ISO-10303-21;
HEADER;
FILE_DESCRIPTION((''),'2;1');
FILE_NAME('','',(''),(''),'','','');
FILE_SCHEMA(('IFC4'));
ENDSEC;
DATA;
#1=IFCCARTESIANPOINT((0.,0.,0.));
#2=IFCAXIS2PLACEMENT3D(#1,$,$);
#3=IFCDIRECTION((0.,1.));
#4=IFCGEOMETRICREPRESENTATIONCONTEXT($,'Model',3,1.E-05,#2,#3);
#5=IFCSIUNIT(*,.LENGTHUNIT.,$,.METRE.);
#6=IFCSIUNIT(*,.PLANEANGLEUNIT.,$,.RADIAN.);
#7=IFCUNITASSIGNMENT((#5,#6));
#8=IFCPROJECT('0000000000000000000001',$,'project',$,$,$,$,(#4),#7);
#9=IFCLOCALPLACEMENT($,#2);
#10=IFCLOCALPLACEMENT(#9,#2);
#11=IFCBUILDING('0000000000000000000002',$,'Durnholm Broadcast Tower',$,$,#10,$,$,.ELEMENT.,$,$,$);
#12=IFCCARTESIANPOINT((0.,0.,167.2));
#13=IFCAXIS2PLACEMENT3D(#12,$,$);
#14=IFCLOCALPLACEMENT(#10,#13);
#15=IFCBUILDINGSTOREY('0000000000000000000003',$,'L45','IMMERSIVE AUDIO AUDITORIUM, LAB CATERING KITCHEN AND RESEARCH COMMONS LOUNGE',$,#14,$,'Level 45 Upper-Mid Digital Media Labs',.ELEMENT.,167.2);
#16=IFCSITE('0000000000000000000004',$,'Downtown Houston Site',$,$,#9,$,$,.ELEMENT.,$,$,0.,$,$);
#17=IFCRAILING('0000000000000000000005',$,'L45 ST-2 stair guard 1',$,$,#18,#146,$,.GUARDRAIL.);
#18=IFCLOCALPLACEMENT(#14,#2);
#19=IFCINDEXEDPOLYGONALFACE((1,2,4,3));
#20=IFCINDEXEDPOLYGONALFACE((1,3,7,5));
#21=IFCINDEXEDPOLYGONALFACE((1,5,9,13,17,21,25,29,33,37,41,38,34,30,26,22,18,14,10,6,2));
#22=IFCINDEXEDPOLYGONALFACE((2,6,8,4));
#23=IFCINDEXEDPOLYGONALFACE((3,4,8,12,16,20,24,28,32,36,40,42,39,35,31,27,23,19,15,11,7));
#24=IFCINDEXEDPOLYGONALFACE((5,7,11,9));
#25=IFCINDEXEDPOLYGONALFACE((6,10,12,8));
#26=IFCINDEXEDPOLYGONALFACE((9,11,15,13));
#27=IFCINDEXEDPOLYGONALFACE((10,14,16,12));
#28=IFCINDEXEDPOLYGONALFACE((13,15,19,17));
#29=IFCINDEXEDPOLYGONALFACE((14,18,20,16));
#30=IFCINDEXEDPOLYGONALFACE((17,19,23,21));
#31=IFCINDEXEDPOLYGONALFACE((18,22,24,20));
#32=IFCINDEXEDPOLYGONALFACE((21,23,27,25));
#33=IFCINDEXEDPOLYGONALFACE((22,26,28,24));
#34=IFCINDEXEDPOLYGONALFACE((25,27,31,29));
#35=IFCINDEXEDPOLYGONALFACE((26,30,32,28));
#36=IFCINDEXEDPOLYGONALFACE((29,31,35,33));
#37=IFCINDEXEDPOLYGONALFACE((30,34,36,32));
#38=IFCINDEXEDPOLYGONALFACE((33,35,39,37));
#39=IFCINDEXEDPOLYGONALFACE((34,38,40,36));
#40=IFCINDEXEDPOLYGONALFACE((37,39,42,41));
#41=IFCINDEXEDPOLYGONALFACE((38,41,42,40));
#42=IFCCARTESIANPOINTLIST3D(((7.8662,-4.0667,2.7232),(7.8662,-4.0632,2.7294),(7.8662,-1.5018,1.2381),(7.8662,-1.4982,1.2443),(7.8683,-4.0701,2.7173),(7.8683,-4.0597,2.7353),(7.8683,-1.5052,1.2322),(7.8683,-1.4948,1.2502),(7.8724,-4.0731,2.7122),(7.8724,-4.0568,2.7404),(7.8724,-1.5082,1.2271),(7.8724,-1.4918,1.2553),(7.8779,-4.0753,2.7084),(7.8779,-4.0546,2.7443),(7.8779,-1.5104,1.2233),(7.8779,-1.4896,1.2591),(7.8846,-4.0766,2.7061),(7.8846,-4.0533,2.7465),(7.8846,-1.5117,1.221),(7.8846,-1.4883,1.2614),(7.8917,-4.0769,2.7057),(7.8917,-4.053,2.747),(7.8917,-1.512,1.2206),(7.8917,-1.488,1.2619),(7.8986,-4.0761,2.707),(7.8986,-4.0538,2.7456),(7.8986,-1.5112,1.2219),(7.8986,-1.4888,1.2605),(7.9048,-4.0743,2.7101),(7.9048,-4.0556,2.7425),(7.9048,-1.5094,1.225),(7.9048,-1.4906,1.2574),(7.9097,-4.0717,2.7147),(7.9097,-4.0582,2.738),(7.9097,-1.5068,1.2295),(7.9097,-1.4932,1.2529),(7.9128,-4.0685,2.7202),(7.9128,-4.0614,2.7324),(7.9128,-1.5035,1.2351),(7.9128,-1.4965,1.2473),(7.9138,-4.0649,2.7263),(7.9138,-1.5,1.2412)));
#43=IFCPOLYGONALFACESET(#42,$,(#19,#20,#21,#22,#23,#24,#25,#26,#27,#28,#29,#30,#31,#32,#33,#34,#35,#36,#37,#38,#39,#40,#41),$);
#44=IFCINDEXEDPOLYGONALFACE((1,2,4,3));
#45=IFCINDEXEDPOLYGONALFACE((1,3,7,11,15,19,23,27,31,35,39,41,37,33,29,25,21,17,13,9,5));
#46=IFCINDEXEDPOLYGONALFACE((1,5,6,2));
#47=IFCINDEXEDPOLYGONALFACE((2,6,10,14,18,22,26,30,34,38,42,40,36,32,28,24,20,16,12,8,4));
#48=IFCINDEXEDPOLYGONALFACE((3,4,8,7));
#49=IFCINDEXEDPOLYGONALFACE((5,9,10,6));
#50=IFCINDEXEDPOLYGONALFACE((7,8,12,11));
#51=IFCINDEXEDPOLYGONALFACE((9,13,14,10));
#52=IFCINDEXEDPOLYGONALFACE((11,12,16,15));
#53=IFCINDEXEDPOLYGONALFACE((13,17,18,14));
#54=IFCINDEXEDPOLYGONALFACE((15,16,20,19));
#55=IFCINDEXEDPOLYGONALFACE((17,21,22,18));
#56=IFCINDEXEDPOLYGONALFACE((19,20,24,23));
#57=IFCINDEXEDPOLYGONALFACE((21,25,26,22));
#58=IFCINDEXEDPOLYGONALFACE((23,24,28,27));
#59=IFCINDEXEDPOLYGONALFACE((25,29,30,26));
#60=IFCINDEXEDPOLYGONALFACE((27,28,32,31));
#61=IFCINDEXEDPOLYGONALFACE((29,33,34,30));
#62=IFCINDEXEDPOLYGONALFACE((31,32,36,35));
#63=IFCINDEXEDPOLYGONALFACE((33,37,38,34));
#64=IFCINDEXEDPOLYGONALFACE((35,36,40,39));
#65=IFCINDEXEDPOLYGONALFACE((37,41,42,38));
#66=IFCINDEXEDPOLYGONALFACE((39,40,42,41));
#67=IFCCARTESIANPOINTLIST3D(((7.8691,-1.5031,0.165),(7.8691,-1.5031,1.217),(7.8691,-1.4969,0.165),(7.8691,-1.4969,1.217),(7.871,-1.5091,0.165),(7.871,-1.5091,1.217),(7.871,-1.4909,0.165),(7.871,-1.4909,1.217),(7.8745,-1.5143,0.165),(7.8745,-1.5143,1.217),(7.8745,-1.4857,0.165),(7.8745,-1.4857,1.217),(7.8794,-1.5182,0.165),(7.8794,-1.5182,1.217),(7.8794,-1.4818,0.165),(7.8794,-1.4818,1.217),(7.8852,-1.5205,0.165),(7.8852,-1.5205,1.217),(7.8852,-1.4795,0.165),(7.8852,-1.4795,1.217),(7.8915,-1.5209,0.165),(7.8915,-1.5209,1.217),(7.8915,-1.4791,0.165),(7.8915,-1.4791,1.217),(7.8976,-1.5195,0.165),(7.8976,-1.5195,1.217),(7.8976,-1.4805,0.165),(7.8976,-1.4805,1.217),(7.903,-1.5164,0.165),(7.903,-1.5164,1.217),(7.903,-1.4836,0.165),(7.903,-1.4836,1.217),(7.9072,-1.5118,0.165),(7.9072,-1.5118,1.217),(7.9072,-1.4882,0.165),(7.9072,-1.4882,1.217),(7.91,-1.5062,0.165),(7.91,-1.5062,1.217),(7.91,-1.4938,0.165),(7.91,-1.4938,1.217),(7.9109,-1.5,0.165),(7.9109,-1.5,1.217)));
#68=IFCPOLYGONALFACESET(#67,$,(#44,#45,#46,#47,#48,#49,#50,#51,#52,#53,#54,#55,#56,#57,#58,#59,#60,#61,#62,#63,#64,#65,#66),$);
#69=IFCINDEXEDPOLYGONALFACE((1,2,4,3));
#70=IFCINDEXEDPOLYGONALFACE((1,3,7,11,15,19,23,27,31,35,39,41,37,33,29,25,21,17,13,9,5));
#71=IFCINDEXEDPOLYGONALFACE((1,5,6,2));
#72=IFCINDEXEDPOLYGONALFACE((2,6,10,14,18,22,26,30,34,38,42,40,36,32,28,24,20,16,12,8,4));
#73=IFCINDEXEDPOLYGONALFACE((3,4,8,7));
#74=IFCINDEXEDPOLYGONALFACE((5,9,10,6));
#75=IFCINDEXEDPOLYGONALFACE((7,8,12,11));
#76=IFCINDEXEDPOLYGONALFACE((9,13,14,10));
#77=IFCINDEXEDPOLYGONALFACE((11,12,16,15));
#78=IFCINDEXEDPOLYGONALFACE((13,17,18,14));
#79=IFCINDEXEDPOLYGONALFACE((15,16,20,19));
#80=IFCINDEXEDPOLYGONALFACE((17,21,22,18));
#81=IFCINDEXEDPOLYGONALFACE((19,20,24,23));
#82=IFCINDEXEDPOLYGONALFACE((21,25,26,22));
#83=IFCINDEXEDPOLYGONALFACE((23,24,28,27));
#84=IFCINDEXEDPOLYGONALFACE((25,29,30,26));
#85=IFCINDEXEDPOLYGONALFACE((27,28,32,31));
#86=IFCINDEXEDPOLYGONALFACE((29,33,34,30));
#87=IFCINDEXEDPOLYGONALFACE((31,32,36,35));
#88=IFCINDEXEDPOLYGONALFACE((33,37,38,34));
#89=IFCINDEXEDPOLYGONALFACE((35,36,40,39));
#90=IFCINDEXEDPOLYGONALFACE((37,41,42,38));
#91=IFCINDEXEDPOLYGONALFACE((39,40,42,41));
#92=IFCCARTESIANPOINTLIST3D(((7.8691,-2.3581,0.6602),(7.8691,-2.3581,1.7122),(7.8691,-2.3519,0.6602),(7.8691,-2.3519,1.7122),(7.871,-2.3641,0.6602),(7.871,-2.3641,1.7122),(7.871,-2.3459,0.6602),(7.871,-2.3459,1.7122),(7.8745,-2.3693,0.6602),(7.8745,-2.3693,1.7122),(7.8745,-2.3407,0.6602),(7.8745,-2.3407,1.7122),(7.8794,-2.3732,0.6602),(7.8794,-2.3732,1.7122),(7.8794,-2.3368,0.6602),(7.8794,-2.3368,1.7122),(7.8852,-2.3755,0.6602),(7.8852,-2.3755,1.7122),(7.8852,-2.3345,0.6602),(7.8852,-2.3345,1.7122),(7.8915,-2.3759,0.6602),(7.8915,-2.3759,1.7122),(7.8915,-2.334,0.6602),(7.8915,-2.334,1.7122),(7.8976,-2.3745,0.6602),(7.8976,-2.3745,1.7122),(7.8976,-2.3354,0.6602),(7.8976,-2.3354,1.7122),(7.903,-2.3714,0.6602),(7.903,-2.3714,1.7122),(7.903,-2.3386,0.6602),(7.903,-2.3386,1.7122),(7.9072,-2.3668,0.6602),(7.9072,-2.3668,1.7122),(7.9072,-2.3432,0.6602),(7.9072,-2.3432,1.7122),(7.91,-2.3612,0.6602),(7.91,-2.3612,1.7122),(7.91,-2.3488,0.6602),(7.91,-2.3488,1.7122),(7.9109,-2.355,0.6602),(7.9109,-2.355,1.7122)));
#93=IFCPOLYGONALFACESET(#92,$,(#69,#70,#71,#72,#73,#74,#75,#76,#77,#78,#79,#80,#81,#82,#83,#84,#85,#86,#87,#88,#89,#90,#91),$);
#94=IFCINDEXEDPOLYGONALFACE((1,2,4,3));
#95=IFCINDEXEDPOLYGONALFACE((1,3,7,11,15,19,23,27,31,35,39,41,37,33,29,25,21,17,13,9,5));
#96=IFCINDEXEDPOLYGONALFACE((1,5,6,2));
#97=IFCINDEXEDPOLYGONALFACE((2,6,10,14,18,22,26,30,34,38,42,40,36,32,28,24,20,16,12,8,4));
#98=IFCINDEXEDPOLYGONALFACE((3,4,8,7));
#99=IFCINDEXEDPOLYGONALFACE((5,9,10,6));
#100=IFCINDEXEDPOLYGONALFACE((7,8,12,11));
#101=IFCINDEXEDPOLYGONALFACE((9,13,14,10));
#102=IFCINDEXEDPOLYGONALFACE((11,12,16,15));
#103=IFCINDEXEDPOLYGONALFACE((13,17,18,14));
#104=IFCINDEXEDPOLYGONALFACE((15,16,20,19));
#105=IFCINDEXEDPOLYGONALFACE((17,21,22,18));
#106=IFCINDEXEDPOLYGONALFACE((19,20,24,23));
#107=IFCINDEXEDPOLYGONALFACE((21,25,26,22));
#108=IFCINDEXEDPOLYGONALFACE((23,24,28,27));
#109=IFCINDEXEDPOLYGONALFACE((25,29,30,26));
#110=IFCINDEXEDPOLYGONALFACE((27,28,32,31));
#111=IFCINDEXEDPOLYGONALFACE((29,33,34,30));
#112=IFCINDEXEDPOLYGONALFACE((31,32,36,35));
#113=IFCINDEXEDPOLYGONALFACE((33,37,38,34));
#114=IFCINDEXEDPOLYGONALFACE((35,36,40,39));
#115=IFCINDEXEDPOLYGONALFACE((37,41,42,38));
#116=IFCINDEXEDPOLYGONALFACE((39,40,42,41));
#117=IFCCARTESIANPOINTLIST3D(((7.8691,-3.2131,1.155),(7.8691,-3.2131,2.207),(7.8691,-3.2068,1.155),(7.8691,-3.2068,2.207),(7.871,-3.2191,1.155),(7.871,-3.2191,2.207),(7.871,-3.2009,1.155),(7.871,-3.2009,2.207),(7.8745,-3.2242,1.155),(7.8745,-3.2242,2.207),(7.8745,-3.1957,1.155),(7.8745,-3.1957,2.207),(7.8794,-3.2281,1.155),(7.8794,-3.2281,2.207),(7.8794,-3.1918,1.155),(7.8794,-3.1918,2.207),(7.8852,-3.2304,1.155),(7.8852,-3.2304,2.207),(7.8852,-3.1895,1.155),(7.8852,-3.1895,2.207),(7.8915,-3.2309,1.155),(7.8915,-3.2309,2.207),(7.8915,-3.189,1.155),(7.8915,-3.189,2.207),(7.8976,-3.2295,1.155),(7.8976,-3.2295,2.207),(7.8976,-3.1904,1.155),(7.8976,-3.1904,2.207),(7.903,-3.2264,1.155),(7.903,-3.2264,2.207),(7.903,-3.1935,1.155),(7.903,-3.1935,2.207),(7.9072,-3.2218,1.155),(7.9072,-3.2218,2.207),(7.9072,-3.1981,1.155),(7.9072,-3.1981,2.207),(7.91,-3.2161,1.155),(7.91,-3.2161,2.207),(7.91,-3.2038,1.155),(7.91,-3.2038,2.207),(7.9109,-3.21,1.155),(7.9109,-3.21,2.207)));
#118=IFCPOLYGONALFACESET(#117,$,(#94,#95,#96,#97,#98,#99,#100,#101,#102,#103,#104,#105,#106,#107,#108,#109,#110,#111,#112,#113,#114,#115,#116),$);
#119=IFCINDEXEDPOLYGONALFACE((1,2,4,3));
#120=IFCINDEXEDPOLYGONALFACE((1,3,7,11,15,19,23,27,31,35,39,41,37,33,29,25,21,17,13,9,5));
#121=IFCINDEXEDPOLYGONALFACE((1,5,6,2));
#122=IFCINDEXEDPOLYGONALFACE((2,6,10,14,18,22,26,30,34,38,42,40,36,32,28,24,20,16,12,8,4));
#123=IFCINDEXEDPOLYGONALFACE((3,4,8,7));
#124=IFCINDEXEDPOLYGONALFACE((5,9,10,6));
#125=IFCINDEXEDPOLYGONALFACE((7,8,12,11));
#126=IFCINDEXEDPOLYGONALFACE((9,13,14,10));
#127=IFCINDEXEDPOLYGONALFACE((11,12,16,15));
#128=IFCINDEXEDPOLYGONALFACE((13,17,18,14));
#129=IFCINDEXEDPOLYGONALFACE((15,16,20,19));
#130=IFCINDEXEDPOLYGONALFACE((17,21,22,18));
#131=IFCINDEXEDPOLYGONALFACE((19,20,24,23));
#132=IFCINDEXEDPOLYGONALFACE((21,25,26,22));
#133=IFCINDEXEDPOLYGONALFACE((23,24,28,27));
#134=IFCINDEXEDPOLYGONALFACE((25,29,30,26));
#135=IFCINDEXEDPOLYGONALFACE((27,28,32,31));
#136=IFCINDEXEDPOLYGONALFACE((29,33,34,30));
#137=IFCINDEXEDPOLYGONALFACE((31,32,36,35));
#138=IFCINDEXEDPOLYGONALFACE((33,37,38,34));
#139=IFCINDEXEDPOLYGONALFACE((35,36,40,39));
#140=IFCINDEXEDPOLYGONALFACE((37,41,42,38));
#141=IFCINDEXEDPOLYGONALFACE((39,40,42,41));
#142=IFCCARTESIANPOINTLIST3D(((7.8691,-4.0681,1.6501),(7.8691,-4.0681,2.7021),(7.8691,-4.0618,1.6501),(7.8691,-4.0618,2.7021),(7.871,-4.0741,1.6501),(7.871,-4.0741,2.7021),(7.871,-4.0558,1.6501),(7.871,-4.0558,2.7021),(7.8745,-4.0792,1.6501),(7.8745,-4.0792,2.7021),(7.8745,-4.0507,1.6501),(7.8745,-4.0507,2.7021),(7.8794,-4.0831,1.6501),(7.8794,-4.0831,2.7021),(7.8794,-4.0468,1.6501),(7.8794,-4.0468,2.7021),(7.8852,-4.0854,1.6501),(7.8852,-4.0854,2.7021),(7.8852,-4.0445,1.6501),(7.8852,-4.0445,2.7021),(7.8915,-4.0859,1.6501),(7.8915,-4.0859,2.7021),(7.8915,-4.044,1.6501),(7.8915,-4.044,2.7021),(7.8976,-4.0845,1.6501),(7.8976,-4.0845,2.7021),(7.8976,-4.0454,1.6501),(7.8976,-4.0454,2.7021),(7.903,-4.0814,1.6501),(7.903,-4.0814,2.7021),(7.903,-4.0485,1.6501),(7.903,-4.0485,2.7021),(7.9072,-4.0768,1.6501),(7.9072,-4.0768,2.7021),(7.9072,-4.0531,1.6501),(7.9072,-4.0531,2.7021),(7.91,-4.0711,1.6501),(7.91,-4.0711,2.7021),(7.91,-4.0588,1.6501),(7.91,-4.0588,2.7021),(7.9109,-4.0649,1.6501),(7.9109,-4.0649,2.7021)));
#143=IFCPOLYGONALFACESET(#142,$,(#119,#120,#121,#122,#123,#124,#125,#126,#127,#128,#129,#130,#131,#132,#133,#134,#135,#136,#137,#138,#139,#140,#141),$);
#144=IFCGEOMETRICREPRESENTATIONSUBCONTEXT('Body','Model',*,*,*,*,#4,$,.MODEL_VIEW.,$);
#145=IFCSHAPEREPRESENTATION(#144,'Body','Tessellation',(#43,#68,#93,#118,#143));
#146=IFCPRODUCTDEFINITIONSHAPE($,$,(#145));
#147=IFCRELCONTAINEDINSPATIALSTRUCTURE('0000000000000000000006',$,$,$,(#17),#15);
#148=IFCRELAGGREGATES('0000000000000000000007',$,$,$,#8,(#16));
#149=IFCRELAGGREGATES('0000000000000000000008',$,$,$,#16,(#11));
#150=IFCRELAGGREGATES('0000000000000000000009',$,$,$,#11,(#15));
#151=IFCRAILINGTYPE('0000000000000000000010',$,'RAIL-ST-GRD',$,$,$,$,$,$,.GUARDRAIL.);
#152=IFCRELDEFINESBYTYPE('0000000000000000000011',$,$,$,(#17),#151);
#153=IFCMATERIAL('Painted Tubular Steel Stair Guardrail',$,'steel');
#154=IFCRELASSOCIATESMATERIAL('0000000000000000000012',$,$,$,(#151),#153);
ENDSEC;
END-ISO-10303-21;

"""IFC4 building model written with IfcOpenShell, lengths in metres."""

from ifc_helpers import new_model, si_unit, direction, frame, origin, origin_2d, place, context, subcontext, project, spatial, circle, extrude, material, type_object, element, save


model = new_model("IFC4")

# Units and contexts
model_context = context("Model", 3, precision=1e-05, world=origin(), true_north=direction((0.0, 1.0)))
body_context = subcontext(model_context, "Body", "Model", "MODEL_VIEW")
ifc_project = project(units=[si_unit("LENGTHUNIT", "METRE"), si_unit("PLANEANGLEUNIT", "RADIAN")], contexts=[model_context])

# Site, building, storey
site_placement = place(None, origin())
site = spatial("IfcSite", under=ifc_project, at=site_placement, Name="Downtown Houston Site", CompositionType="ELEMENT", RefElevation=0.0)
building_placement = place(site_placement, origin())
building = spatial("IfcBuilding", under=site, at=building_placement, Name="Durnholm Broadcast Tower", CompositionType="ELEMENT")
storey_placement = place(building_placement, frame((0.0, 0.0, 167.2)))
storey = spatial("IfcBuildingStorey", under=building, at=storey_placement, Name="L45", Description="IMMERSIVE AUDIO AUDITORIUM, LAB CATERING KITCHEN AND RESEARCH COMMONS LOUNGE", LongName="Level 45 Upper-Mid Digital Media Labs", CompositionType="ELEMENT", Elevation=167.2)

# Railing
ifc_material_1 = material(Name="Painted Tubular Steel Stair Guardrail", Category="steel")
railing_type_1 = type_object("IfcRailingType", Name="RAIL-ST-GRD", PredefinedType="GUARDRAIL", material=ifc_material_1)
railing_1_placement = place(storey_placement, frame((7.8899, -1.5, 0.165)))
element("IfcRailing", 1, at=railing_1_placement, inside=storey, type_object=railing_type_1, Name="L45 ST-2 stair guard 1", PredefinedType="GUARDRAIL", context=body_context, shape_type="SweptSolid", body=[
    extrude(circle(Radius=0.0239, at=origin_2d()), frame((0.0, 0.0, 1.0762), z_axis=(0.0, -0.865406, 0.501072), x_axis=(1.0, 0.0, 0.0)), (0.0, 0.0, 1.0), 2.9639),
    extrude(circle(Radius=0.021, at=origin_2d()), origin(), (0.0, 0.0, 1.0), 1.052),
    extrude(circle(Radius=0.021, at=origin_2d()), frame((0.0, -0.855, 0.4951)), (0.0, 0.0, 1.0), 1.052),
    extrude(circle(Radius=0.021, at=origin_2d()), frame((0.0, -1.71, 0.99)), (0.0, 0.0, 1.0), 1.052),
    extrude(circle(Radius=0.021, at=origin_2d()), frame((0.0, -2.5649, 1.4851)), (0.0, 0.0, 1.0), 1.052),
])

save(model, "model.ifc")
